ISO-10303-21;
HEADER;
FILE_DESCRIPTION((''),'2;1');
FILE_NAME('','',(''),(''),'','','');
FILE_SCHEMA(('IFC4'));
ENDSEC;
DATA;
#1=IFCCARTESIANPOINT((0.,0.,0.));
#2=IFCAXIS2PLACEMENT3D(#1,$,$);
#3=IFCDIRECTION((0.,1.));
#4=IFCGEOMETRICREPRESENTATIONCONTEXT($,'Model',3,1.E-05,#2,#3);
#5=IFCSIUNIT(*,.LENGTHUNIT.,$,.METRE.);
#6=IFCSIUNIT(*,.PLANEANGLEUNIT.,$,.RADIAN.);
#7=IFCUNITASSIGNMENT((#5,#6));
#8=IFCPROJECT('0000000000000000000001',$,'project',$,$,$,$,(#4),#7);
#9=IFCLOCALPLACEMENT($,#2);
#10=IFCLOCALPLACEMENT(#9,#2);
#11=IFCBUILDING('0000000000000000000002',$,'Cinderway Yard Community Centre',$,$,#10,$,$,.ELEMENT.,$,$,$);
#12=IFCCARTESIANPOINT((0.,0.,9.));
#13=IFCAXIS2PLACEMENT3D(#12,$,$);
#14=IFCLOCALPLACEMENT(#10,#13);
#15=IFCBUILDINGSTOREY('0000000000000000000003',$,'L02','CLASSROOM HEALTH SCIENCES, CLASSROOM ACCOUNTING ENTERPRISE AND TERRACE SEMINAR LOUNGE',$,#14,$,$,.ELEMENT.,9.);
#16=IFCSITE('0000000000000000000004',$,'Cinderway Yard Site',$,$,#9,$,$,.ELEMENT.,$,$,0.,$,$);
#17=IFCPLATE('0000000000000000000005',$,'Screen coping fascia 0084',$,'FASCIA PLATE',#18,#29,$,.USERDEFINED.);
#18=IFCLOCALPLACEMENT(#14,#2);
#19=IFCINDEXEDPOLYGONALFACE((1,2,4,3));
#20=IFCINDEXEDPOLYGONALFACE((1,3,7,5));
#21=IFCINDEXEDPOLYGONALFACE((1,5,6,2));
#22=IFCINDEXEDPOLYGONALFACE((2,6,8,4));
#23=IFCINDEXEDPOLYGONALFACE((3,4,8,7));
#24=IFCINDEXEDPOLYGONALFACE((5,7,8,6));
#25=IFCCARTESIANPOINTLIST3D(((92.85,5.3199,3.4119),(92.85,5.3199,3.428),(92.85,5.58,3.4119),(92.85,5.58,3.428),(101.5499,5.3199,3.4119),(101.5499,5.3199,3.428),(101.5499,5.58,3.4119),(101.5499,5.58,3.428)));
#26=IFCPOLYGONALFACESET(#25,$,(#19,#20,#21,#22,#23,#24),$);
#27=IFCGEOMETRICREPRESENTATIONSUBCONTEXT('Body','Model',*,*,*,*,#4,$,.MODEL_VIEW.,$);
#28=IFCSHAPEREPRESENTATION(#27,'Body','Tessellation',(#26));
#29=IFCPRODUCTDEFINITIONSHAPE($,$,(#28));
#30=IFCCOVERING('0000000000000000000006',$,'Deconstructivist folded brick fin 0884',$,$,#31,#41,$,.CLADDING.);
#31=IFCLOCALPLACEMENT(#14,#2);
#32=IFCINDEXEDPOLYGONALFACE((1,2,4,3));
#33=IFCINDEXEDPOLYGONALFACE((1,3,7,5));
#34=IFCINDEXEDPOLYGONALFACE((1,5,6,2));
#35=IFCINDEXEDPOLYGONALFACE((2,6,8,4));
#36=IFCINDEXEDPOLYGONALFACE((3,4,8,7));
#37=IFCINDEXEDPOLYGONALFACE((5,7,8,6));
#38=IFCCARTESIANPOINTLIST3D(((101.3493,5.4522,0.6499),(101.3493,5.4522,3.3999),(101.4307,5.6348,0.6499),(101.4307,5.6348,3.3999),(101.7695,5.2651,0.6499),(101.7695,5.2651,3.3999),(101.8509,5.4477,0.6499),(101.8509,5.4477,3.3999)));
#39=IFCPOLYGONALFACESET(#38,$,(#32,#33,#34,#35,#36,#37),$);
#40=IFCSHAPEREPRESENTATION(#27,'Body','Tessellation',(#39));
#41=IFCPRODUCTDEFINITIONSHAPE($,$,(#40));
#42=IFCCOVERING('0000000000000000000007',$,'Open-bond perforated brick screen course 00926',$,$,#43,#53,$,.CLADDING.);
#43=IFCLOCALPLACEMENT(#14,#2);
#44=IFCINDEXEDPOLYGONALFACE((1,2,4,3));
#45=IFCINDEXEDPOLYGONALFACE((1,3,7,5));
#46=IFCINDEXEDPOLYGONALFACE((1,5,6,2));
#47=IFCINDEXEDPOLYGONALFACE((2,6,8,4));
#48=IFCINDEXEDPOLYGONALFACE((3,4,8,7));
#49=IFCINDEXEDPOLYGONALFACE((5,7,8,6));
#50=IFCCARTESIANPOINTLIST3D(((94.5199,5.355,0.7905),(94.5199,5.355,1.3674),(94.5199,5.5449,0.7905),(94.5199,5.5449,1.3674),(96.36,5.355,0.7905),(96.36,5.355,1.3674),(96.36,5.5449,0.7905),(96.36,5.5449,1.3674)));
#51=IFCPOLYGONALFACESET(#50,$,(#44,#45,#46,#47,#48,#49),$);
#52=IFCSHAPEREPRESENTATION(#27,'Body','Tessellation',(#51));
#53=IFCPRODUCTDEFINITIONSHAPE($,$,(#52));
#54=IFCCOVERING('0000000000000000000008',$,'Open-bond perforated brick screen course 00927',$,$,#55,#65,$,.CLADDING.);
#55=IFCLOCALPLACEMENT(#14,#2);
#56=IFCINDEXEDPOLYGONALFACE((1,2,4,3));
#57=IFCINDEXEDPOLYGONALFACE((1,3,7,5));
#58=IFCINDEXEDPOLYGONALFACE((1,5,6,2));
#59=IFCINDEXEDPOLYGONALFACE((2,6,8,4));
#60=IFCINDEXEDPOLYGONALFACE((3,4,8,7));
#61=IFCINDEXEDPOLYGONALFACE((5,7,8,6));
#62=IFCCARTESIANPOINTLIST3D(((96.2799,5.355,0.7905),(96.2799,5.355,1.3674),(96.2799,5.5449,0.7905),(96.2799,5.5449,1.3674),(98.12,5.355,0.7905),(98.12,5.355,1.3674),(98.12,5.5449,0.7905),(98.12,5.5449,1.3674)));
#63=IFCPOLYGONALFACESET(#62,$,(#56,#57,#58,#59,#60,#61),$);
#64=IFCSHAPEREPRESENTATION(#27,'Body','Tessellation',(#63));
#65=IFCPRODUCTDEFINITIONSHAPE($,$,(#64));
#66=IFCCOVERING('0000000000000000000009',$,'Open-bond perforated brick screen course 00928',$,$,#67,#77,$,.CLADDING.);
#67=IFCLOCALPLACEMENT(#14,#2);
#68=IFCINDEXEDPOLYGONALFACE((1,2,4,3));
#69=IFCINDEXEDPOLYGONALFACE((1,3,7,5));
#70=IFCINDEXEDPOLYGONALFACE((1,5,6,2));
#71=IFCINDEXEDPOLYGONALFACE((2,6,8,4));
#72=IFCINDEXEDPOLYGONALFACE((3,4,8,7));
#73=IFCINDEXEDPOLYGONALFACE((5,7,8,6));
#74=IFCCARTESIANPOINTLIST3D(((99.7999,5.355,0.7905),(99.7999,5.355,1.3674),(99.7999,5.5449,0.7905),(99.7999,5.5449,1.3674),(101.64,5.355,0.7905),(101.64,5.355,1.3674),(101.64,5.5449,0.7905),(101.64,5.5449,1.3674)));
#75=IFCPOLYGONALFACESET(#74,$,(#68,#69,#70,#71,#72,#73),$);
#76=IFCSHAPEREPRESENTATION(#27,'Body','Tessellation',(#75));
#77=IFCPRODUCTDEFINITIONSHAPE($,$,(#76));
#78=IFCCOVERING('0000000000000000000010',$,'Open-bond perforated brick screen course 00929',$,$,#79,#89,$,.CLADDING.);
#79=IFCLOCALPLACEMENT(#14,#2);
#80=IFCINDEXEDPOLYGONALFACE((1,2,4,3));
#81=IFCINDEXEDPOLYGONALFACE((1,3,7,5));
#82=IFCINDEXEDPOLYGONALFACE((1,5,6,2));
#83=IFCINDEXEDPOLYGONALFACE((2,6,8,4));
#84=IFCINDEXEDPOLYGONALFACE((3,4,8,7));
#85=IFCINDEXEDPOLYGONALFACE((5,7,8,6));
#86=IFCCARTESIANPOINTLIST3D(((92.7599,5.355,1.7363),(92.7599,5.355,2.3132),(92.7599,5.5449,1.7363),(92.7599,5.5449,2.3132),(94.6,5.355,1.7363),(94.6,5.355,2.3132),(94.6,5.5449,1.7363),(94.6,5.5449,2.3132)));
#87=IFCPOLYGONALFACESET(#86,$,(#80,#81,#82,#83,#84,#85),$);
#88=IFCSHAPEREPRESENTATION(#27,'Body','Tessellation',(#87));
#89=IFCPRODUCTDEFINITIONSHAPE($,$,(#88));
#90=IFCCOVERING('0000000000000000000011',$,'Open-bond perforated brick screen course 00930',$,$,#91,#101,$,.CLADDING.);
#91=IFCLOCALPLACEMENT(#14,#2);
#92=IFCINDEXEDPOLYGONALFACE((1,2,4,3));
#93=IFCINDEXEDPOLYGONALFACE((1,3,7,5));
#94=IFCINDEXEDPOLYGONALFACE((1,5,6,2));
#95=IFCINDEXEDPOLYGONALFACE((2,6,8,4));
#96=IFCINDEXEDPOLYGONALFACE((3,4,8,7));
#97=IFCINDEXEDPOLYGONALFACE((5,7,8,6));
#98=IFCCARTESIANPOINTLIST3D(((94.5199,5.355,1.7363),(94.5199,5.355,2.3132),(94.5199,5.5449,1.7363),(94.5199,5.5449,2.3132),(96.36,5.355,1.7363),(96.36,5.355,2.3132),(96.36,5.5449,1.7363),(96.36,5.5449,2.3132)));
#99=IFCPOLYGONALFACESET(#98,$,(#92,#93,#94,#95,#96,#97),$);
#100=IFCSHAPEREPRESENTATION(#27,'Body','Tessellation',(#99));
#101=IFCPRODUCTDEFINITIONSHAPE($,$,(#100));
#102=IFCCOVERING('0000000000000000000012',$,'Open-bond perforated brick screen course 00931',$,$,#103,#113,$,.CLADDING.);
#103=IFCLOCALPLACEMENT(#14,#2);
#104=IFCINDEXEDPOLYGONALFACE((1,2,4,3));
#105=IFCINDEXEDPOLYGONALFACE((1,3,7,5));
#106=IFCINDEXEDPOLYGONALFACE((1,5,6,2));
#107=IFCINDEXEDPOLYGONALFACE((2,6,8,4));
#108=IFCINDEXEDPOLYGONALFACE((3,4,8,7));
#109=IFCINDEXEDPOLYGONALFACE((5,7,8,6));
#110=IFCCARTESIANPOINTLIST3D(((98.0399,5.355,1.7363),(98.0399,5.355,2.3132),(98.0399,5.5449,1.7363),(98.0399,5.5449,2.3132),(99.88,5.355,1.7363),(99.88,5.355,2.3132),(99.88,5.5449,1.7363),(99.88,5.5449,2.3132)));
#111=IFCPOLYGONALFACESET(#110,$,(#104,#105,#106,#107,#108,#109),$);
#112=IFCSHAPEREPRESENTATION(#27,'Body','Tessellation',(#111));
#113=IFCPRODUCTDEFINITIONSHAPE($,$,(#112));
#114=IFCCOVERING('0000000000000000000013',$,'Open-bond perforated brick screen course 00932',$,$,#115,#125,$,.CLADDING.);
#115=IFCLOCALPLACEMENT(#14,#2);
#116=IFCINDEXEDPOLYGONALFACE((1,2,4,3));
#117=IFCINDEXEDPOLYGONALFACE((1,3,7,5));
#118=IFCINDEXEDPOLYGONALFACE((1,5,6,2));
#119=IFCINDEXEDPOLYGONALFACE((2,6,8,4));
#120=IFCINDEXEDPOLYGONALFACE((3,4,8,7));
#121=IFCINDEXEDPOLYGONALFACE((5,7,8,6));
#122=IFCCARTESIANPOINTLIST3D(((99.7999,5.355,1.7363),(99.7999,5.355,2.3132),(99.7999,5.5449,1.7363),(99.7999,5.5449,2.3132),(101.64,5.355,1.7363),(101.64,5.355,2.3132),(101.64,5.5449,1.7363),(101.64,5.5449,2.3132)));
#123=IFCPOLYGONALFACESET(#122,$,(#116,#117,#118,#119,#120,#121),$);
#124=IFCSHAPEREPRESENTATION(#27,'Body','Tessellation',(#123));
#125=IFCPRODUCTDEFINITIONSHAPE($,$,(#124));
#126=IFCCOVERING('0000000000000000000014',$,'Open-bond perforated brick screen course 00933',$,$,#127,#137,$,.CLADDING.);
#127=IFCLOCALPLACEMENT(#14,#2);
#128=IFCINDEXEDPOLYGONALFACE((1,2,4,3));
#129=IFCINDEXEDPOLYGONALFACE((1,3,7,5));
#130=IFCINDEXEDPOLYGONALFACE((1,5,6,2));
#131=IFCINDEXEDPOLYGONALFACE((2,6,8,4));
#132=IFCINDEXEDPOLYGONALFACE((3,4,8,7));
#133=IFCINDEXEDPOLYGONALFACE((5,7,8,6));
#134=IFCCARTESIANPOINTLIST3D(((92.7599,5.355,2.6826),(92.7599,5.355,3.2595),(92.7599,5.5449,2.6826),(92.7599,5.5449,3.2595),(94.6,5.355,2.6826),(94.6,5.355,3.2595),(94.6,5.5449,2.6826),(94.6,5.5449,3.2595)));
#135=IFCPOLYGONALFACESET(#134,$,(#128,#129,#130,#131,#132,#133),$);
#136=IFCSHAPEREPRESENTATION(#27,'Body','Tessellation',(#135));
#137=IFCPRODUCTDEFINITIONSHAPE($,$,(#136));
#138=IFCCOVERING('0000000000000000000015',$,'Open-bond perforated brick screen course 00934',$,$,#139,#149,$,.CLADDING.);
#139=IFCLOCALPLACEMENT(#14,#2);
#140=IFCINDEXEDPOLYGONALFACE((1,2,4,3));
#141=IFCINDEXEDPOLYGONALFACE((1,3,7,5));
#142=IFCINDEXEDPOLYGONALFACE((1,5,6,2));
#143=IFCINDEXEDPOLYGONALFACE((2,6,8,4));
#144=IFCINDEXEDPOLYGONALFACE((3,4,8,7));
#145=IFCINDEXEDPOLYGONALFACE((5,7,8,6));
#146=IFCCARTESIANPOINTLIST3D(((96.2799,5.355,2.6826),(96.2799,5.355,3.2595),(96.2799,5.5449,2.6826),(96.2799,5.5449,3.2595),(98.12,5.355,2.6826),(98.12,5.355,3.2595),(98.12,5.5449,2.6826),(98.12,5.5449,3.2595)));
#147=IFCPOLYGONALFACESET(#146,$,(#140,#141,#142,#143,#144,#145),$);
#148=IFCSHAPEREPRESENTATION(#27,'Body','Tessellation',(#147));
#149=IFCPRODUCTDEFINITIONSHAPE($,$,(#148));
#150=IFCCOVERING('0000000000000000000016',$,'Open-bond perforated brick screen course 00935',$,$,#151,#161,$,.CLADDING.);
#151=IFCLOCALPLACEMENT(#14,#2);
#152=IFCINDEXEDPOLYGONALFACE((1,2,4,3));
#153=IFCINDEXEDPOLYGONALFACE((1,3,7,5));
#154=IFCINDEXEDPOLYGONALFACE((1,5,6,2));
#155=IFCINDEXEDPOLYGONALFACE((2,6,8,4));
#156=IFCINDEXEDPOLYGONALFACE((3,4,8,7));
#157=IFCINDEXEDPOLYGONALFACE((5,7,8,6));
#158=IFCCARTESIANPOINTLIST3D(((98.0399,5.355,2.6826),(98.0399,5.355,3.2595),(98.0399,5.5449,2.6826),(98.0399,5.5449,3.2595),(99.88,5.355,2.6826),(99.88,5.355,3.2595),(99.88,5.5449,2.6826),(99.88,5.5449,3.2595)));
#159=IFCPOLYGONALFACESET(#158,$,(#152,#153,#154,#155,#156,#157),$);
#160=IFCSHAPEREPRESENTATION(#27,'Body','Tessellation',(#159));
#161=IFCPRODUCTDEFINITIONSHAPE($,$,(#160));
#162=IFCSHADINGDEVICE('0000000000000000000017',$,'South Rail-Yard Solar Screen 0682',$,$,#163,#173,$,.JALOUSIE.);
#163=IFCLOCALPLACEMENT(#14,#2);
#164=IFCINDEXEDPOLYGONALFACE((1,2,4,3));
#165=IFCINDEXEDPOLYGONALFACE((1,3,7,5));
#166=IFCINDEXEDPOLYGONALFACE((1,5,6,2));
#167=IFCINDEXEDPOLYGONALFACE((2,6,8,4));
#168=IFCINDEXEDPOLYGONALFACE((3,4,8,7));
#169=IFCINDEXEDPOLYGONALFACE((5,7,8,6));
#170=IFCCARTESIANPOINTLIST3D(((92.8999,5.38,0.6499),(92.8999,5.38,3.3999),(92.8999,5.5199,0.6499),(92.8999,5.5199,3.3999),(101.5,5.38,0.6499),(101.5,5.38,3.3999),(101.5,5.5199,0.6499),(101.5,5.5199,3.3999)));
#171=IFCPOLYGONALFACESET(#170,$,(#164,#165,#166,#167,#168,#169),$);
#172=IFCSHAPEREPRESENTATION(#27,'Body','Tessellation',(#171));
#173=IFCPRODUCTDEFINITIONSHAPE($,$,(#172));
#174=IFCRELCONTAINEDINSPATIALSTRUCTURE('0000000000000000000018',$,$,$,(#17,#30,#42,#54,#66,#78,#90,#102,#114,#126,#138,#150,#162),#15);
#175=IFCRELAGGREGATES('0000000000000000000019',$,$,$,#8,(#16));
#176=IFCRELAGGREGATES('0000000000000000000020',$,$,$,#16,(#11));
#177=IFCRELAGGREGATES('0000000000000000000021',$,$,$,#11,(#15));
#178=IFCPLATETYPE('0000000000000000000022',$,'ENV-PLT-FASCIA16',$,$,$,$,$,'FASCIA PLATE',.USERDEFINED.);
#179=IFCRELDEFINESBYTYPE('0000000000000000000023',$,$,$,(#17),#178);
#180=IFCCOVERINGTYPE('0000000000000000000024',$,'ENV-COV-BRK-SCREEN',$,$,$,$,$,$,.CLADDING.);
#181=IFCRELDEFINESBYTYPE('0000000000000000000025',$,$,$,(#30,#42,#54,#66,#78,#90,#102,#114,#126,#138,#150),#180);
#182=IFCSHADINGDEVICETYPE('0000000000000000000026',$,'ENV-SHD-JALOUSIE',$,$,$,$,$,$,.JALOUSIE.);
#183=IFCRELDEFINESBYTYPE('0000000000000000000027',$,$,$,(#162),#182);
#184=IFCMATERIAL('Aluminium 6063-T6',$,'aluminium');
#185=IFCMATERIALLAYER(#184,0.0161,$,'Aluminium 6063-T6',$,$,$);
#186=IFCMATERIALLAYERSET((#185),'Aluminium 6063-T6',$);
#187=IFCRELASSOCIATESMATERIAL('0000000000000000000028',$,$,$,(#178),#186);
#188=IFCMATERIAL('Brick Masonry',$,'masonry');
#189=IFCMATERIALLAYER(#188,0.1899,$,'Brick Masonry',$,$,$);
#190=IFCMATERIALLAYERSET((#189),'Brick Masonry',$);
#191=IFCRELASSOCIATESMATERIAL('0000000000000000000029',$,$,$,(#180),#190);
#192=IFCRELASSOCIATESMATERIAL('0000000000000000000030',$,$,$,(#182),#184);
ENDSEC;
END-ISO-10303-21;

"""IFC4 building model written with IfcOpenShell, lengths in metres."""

from ifc_helpers import new_model, si_unit, direction, frame, origin, origin_2d, place, context, subcontext, project, spatial, rectangle, extrude, material, layer, layer_set, type_object, element, save


model = new_model("IFC4")

# Units and contexts
model_context = context("Model", 3, precision=1e-05, world=origin(), true_north=direction((0.0, 1.0)))
body_context = subcontext(model_context, "Body", "Model", "MODEL_VIEW")
ifc_project = project(units=[si_unit("LENGTHUNIT", "METRE"), si_unit("PLANEANGLEUNIT", "RADIAN")], contexts=[model_context])

# Site, building, storey
site_placement = place(None, origin())
site = spatial("IfcSite", under=ifc_project, at=site_placement, Name="Cinderway Yard Site", CompositionType="ELEMENT", RefElevation=0.0)
building_placement = place(site_placement, origin())
building = spatial("IfcBuilding", under=site, at=building_placement, Name="Cinderway Yard Community Centre", CompositionType="ELEMENT")
storey_placement = place(building_placement, frame((0.0, 0.0, 9.0)))
storey = spatial("IfcBuildingStorey", under=building, at=storey_placement, Name="L02", Description="CLASSROOM HEALTH SCIENCES, CLASSROOM ACCOUNTING ENTERPRISE AND TERRACE SEMINAR LOUNGE", CompositionType="ELEMENT", Elevation=9.0)

# Plate
ifc_material_1 = material(Name="Aluminium 6063-T6", Category="aluminium")
ifc_layer_1 = layer(ifc_material_1, 0.0161, Name="Aluminium 6063-T6")
ifc_layer_set_1 = layer_set([ifc_layer_1], Name="Aluminium 6063-T6")
plate_type = type_object("IfcPlateType", Name="ENV-PLT-FASCIA16", ElementType="FASCIA PLATE", PredefinedType="USERDEFINED", material=ifc_layer_set_1)
plate_placement = place(storey_placement, frame((97.2, 5.45, 3.4119), z_axis=(0.0, 0.0, 1.0), x_axis=(-1.0, 0.0, 0.0)))
element("IfcPlate", 1, at=plate_placement, inside=storey, type_object=plate_type, Name="Screen coping fascia 0084", ObjectType="FASCIA PLATE", PredefinedType="USERDEFINED", context=body_context, shape_type="SweptSolid", body=[
    extrude(rectangle(XDim=8.7, YDim=0.26, at=origin_2d()), origin(), (0.0, 0.0, 1.0), 0.0161),
])

# Coverings
ifc_material_2 = material(Name="Brick Masonry", Category="masonry")
ifc_layer_2 = layer(ifc_material_2, 0.1899, Name="Brick Masonry")
ifc_layer_set_2 = layer_set([ifc_layer_2], Name="Brick Masonry")
covering_type = type_object("IfcCoveringType", Name="ENV-COV-BRK-SCREEN", PredefinedType="CLADDING", material=ifc_layer_set_2)
covering_placement = place(storey_placement, frame((101.6001, 5.45, 0.6499), z_axis=(0.0, 0.0, 1.0), x_axis=(-0.913545, 0.406737, 0.0)))
element("IfcCovering", 2, at=covering_placement, inside=storey, type_object=covering_type, Name="Deconstructivist folded brick fin 0884", PredefinedType="CLADDING", context=body_context, shape_type="SweptSolid", body=[
    extrude(rectangle(XDim=0.46, YDim=0.2, at=origin_2d()), origin(), (0.0, 0.0, 1.0), 2.75),
])
for number, where, z_axis, x_axis, name in (
    (3, (95.4399, 5.45, 0.7905), (0.0, 0.0, 1.0), (-1.0, 0.0, 0.0), "Open-bond perforated brick screen course 00926"),
    (4, (97.2, 5.45, 0.7905), (0.0, 0.0, 1.0), (-1.0, 0.0, 0.0), "Open-bond perforated brick screen course 00927"),
    (5, (100.72, 5.45, 0.7905), (0.0, 0.0, 1.0), (-1.0, 0.0, 0.0), "Open-bond perforated brick screen course 00928"),
    (6, (93.6799, 5.45, 1.7363), (0.0, 0.0, 1.0), (-1.0, 0.0, 0.0), "Open-bond perforated brick screen course 00929"),
    (7, (95.4399, 5.45, 1.7363), (0.0, 0.0, 1.0), (-1.0, 0.0, 0.0), "Open-bond perforated brick screen course 00930"),
    (8, (98.96, 5.45, 1.7363), (0.0, 0.0, 1.0), (-1.0, 0.0, 0.0), "Open-bond perforated brick screen course 00931"),
    (9, (100.72, 5.45, 1.7363), (0.0, 0.0, 1.0), (-1.0, 0.0, 0.0), "Open-bond perforated brick screen course 00932"),
    (10, (93.6799, 5.45, 2.6826), (0.0, 0.0, 1.0), (-1.0, 0.0, 0.0), "Open-bond perforated brick screen course 00933"),
    (11, (97.2, 5.45, 2.6826), (0.0, 0.0, 1.0), (-1.0, 0.0, 0.0), "Open-bond perforated brick screen course 00934"),
    (12, (98.96, 5.45, 2.6826), (0.0, 0.0, 1.0), (-1.0, 0.0, 0.0), "Open-bond perforated brick screen course 00935"),
):
    element("IfcCovering", number, at=place(storey_placement, frame(where, z_axis=z_axis, x_axis=x_axis)), inside=storey, type_object=covering_type, Name=name, PredefinedType="CLADDING", context=body_context, shape_type="SweptSolid", body=[
        extrude(rectangle(XDim=1.8401, YDim=0.1899, at=origin_2d()), origin(), (0.0, 0.0, 1.0), 0.5769),
    ])

# Shading device
shading_device_type = type_object("IfcShadingDeviceType", Name="ENV-SHD-JALOUSIE", PredefinedType="JALOUSIE", material=ifc_material_1)
shading_device_placement = place(storey_placement, frame((97.2, 5.45, 0.6499), z_axis=(0.0, 0.0, 1.0), x_axis=(-1.0, 0.0, 0.0)))
element("IfcShadingDevice", 13, at=shading_device_placement, inside=storey, type_object=shading_device_type, Name="South Rail-Yard Solar Screen 0682", PredefinedType="JALOUSIE", context=body_context, shape_type="SweptSolid", body=[
    extrude(rectangle(XDim=8.6001, YDim=0.1399, at=origin_2d()), origin(), (0.0, 0.0, 1.0), 2.75),
])

save(model, "model.ifc")
